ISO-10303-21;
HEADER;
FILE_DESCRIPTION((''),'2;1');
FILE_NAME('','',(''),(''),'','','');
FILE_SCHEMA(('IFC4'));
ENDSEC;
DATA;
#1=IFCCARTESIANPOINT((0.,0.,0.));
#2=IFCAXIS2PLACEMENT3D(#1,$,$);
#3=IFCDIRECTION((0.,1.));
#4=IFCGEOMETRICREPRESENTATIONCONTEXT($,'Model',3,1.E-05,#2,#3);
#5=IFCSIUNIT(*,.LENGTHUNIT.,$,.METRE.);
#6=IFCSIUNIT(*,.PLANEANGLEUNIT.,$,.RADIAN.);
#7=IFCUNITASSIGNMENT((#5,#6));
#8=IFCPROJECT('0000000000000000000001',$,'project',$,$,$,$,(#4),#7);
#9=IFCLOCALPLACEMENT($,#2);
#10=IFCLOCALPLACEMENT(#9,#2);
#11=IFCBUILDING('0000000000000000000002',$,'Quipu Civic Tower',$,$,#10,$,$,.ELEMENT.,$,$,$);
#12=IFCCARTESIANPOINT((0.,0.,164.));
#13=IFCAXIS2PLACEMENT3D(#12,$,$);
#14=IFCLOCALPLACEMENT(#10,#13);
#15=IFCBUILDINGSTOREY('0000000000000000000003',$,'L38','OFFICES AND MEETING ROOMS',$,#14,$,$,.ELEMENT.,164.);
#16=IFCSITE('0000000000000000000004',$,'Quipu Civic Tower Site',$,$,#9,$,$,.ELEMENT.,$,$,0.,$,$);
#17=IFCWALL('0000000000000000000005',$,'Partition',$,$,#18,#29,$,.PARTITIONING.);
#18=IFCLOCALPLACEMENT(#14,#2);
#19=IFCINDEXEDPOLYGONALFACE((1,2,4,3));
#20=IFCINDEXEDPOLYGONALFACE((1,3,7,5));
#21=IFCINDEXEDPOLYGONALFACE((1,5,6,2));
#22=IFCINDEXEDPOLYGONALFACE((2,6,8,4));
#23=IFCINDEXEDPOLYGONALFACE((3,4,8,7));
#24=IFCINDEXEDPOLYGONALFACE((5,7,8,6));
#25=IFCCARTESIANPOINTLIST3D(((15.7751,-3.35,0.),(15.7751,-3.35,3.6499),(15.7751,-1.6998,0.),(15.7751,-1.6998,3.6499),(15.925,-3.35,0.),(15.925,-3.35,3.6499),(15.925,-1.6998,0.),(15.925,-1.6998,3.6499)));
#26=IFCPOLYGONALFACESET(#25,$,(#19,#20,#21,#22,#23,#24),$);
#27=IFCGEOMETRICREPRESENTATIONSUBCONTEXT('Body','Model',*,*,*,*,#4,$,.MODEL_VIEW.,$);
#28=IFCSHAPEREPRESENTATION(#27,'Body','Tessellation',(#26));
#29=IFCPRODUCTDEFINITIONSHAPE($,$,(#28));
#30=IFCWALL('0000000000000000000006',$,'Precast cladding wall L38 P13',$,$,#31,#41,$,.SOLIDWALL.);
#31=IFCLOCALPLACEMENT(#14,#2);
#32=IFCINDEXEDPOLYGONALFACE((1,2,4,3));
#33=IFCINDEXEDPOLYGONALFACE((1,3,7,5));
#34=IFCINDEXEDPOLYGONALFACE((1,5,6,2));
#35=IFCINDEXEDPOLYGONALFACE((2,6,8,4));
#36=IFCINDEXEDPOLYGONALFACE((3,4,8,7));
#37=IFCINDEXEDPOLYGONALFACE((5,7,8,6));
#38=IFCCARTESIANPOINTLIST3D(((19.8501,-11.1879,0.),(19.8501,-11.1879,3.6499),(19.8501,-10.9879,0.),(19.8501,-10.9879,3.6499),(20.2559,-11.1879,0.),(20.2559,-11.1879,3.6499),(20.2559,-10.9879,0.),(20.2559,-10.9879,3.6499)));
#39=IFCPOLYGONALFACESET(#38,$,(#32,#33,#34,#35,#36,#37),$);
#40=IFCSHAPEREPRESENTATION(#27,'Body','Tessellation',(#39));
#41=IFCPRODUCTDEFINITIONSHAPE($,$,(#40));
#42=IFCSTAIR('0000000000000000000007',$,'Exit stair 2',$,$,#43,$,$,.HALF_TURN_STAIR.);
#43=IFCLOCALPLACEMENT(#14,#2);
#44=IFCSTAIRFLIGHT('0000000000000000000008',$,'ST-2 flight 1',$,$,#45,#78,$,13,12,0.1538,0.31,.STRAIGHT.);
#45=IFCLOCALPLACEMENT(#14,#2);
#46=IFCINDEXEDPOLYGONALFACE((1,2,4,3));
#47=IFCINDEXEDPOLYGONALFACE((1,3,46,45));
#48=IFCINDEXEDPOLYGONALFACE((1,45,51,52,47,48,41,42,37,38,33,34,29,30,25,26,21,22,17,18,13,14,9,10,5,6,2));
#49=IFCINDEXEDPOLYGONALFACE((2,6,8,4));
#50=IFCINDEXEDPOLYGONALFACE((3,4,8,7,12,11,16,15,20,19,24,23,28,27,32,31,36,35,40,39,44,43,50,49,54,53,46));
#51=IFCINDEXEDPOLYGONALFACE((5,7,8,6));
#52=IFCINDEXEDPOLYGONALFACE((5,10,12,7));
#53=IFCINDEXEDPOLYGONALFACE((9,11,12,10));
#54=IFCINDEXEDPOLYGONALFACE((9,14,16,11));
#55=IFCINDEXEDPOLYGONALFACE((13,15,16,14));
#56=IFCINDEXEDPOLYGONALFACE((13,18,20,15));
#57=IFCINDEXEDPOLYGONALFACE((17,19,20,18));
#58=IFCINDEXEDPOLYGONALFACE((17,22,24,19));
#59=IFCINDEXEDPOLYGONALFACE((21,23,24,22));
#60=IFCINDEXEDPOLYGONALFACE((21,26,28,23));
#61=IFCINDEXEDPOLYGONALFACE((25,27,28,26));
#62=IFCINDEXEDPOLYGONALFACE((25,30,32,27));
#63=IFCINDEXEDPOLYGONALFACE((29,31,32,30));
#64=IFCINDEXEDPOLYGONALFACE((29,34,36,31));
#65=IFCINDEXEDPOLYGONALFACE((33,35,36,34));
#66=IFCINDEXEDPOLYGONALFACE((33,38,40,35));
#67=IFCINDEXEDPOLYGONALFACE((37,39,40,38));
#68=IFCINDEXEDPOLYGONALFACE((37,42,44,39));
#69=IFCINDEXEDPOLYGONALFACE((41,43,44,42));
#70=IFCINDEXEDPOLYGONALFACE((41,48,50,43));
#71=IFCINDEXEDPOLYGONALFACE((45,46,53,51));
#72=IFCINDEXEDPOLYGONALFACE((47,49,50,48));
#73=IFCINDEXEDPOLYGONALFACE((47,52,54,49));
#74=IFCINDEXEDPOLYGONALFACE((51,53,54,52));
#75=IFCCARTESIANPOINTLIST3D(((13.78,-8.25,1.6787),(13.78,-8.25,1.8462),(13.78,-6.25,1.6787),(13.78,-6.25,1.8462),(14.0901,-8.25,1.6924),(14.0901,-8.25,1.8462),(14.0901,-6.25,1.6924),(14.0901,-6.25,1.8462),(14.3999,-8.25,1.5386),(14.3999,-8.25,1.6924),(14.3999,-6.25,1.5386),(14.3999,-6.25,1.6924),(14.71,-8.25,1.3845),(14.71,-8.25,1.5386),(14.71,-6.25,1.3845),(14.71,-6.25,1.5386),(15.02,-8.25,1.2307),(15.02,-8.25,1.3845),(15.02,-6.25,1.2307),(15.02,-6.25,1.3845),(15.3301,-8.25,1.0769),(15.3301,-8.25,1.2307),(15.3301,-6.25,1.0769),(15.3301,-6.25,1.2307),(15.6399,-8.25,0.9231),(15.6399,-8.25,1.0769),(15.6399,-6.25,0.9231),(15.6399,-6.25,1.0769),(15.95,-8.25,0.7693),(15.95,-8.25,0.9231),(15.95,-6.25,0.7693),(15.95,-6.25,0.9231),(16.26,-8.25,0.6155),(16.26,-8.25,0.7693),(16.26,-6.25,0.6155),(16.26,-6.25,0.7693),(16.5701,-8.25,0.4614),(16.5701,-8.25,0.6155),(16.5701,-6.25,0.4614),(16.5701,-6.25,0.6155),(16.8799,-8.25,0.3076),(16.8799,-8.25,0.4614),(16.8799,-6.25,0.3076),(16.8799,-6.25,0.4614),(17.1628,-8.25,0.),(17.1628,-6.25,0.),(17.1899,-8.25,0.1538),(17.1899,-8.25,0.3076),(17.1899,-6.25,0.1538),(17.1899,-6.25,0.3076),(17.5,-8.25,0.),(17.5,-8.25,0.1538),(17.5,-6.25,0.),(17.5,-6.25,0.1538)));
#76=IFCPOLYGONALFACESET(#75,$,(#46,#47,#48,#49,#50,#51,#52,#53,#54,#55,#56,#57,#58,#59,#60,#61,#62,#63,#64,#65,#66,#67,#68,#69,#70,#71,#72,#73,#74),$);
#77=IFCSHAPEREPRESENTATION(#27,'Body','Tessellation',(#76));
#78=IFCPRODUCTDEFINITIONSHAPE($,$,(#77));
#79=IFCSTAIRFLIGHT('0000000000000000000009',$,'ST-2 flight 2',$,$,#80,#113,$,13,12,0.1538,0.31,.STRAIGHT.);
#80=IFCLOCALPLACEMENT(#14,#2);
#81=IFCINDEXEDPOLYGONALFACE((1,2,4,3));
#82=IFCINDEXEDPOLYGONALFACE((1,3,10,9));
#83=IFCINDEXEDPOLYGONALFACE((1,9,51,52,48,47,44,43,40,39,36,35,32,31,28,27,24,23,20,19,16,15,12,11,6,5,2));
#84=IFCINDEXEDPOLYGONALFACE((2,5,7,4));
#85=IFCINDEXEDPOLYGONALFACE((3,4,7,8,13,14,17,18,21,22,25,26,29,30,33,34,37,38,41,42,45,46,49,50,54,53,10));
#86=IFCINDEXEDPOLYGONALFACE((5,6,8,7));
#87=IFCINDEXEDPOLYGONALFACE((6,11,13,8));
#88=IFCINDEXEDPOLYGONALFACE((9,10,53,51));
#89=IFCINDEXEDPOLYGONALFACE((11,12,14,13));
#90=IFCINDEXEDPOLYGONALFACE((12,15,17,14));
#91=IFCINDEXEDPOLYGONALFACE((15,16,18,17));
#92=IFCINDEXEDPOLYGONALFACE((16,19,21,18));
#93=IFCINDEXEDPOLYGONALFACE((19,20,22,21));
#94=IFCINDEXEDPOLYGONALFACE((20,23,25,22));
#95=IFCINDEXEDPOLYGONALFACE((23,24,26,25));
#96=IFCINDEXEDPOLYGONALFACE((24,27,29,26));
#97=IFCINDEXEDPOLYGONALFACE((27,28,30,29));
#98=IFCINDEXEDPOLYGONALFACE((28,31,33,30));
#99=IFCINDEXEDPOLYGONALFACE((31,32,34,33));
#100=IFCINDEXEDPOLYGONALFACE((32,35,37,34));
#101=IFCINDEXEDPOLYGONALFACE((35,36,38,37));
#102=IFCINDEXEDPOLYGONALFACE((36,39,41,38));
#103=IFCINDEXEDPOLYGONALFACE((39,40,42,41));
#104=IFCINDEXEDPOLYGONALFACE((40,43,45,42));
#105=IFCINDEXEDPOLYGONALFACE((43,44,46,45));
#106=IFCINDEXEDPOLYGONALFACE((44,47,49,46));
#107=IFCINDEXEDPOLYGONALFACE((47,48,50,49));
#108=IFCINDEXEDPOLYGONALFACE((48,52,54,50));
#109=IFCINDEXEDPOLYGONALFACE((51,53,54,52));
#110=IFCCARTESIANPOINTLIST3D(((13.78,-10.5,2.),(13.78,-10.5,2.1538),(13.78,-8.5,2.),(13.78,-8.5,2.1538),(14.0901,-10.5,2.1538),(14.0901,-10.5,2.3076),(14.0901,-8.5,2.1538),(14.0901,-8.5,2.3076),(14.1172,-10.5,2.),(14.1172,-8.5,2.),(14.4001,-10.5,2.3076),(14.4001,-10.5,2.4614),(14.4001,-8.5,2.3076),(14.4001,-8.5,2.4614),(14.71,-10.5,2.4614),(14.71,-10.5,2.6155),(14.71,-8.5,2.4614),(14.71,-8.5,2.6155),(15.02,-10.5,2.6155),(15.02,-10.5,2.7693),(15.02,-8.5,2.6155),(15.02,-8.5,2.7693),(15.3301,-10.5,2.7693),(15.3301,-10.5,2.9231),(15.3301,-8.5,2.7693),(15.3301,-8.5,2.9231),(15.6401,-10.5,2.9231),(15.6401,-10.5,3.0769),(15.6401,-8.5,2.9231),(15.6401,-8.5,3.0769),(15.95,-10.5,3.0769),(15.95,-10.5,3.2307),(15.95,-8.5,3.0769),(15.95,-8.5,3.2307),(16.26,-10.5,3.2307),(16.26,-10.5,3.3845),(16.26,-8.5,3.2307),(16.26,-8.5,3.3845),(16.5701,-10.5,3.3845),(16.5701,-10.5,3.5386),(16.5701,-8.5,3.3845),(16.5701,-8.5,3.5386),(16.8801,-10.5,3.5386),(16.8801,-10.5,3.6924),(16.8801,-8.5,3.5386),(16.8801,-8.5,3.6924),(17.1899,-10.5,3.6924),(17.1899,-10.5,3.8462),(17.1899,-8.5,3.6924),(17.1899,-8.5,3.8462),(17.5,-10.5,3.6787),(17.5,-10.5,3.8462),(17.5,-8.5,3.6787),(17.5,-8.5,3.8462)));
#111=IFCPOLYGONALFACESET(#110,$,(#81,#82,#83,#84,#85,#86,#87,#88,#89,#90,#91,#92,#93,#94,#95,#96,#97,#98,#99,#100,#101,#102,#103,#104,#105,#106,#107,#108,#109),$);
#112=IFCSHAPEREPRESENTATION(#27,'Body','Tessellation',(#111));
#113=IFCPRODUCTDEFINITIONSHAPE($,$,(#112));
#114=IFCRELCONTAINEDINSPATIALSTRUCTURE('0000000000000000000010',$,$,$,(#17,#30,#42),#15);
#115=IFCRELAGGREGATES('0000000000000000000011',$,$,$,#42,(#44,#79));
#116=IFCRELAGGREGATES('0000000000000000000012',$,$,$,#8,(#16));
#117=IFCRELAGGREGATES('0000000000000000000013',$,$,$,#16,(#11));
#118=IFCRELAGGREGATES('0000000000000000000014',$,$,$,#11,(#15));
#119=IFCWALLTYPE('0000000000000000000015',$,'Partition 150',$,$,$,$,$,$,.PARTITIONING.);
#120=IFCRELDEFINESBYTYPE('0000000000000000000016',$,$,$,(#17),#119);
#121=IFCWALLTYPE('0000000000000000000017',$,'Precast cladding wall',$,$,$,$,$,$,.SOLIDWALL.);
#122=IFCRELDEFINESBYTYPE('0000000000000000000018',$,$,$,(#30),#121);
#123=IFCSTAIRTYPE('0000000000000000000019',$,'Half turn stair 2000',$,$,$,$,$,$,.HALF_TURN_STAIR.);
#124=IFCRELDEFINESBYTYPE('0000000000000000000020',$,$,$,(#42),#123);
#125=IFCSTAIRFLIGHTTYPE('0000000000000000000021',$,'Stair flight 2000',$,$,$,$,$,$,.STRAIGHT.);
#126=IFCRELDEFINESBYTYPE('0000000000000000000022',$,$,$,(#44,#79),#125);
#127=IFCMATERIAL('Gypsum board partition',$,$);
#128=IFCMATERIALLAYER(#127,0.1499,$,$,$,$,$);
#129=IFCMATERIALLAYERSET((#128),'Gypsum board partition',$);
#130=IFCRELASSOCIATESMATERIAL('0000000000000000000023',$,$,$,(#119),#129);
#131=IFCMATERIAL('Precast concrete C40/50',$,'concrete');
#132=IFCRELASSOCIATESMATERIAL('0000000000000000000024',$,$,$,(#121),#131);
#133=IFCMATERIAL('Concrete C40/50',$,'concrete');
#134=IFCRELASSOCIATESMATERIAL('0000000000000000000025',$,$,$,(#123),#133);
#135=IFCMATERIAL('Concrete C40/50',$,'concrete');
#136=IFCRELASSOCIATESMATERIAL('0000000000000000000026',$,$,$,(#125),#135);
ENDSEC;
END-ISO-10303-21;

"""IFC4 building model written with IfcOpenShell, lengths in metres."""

from ifc_helpers import new_model, si_unit, direction, frame, frame_2d, origin, place, context, subcontext, project, spatial, polyline, rectangle, outline, extrude, material, layer, layer_set, type_object, element, aggregate, save


model = new_model("IFC4")

# Units and contexts
model_context = context("Model", 3, precision=1e-05, world=origin(), true_north=direction((0.0, 1.0)))
body_context = subcontext(model_context, "Body", "Model", "MODEL_VIEW")
ifc_project = project(units=[si_unit("LENGTHUNIT", "METRE"), si_unit("PLANEANGLEUNIT", "RADIAN")], contexts=[model_context])

# Site, building, storey
site_placement = place(None, origin())
site = spatial("IfcSite", under=ifc_project, at=site_placement, Name="Quipu Civic Tower Site", CompositionType="ELEMENT", RefElevation=0.0)
building_placement = place(site_placement, origin())
building = spatial("IfcBuilding", under=site, at=building_placement, Name="Quipu Civic Tower", CompositionType="ELEMENT")
storey_placement = place(building_placement, frame((0.0, 0.0, 164.0)))
storey = spatial("IfcBuildingStorey", under=building, at=storey_placement, Name="L38", Description="OFFICES AND MEETING ROOMS", CompositionType="ELEMENT", Elevation=164.0)

# Walls
ifc_material_1 = material(Name="Gypsum board partition")
ifc_layer_1 = layer(ifc_material_1, 0.1499)
ifc_layer_set_1 = layer_set([ifc_layer_1], Name="Gypsum board partition")
wall_type_1 = type_object("IfcWallType", Name="Partition 150", PredefinedType="PARTITIONING", material=ifc_layer_set_1)
wall_1_placement = place(storey_placement, frame((15.8501, -3.3501, 0.0), z_axis=(0.0, 0.0, 1.0), x_axis=(0.0, 1.0, 0.0)))
element("IfcWall", 1, at=wall_1_placement, inside=storey, type_object=wall_type_1, Name="Partition", PredefinedType="PARTITIONING", context=body_context, shape_type="SweptSolid", body=[
    extrude(rectangle(XDim=1.6501, YDim=0.1499, at=frame_2d((0.8252, 0.0))), origin(), (0.0, 0.0, 1.0), 3.6499),
])
ifc_material_2 = material(Name="Precast concrete C40/50", Category="concrete")
wall_type_2 = type_object("IfcWallType", Name="Precast cladding wall", PredefinedType="SOLIDWALL", material=ifc_material_2)
wall_2_placement = place(storey_placement, frame((19.8501, -11.0879, 0.0), z_axis=(0.0, 0.0, 1.0), x_axis=(1.0, 0.0, 0.0)))
element("IfcWall", 2, at=wall_2_placement, inside=storey, type_object=wall_type_2, Name="Precast cladding wall L38 P13", PredefinedType="SOLIDWALL", context=body_context, shape_type="SweptSolid", body=[
    extrude(rectangle(XDim=0.4058, YDim=0.2, at=frame_2d((0.2029, 0.0))), origin(), (0.0, 0.0, 1.0), 3.6499),
])

# Stair, stair flights
ifc_material_3 = material(Name="Concrete C40/50", Category="concrete")
stair_type = type_object("IfcStairType", Name="Half turn stair 2000", PredefinedType="HALF_TURN_STAIR", material=ifc_material_3)
stair_placement = place(storey_placement, origin())
stair = element("IfcStair", 3, at=stair_placement, inside=storey, type_object=stair_type, Name="Exit stair 2", PredefinedType="HALF_TURN_STAIR")
ifc_material_4 = material(Name="Concrete C40/50", Category="concrete")
stair_flight_type = type_object("IfcStairFlightType", Name="Stair flight 2000", PredefinedType="STRAIGHT", material=ifc_material_4)
stair_flight_1_placement = place(storey_placement, frame((17.5, -7.25, 0.0), z_axis=(0.0, 0.0, 1.0), x_axis=(-1.0, 0.0, 0.0)))
stair_flight_1 = element("IfcStairFlight", 4, at=stair_flight_1_placement, type_object=stair_flight_type, Name="ST-2 flight 1", NumberOfRisers=13, NumberOfTreads=12, PredefinedType="STRAIGHT", RiserHeight=0.1538, TreadLength=0.31, context=body_context, shape_type="SweptSolid", body=[
    extrude(outline(polyline([(0.0, 0.0), (0.0, 0.1538), (0.3101, 0.1538), (0.3101, 0.3076), (0.6201, 0.3076), (0.6201, 0.4614), (0.9299, 0.4614), (0.9299, 0.6155), (1.24, 0.6155), (1.24, 0.7693), (1.55, 0.7693), (1.55, 0.9231), (1.8601, 0.9231), (1.8601, 1.0769), (2.1699, 1.0769), (2.1699, 1.2307), (2.48, 1.2307), (2.48, 1.3845), (2.79, 1.3845), (2.79, 1.5386), (3.1001, 1.5386), (3.1001, 1.6924), (3.4099, 1.6924), (3.4099, 1.8462), (3.72, 1.8462), (3.72, 2.0), (3.72, 1.6787), (0.3372, 0.0), (0.0, 0.0)])), frame((0.0, 1.0, 0.0), z_axis=(0.0, -1.0, 0.0), x_axis=(1.0, 0.0, 0.0)), (0.0, 0.0, 1.0), 2.0),
])
stair_flight_2_placement = place(storey_placement, frame((13.78, -9.5, 2.0), z_axis=(0.0, 0.0, 1.0), x_axis=(1.0, 0.0, 0.0)))
stair_flight_2 = element("IfcStairFlight", 5, at=stair_flight_2_placement, type_object=stair_flight_type, Name="ST-2 flight 2", NumberOfRisers=13, NumberOfTreads=12, PredefinedType="STRAIGHT", RiserHeight=0.1538, TreadLength=0.31, context=body_context, shape_type="SweptSolid", body=[
    extrude(outline(polyline([(0.0, 0.0), (0.0, 0.1538), (0.3101, 0.1538), (0.3101, 0.3076), (0.6201, 0.3076), (0.6201, 0.4614), (0.9299, 0.4614), (0.9299, 0.6155), (1.24, 0.6155), (1.24, 0.7693), (1.55, 0.7693), (1.55, 0.9231), (1.8601, 0.9231), (1.8601, 1.0769), (2.1699, 1.0769), (2.1699, 1.2307), (2.48, 1.2307), (2.48, 1.3845), (2.79, 1.3845), (2.79, 1.5386), (3.1001, 1.5386), (3.1001, 1.6924), (3.4099, 1.6924), (3.4099, 1.8462), (3.72, 1.8462), (3.72, 2.0), (3.72, 1.6787), (0.3372, 0.0), (0.0, 0.0)])), frame((0.0, 1.0, 0.0), z_axis=(0.0, -1.0, 0.0), x_axis=(1.0, 0.0, 0.0)), (0.0, 0.0, 1.0), 2.0),
])
aggregate(stair, [stair_flight_1, stair_flight_2])

save(model, "model.ifc")
